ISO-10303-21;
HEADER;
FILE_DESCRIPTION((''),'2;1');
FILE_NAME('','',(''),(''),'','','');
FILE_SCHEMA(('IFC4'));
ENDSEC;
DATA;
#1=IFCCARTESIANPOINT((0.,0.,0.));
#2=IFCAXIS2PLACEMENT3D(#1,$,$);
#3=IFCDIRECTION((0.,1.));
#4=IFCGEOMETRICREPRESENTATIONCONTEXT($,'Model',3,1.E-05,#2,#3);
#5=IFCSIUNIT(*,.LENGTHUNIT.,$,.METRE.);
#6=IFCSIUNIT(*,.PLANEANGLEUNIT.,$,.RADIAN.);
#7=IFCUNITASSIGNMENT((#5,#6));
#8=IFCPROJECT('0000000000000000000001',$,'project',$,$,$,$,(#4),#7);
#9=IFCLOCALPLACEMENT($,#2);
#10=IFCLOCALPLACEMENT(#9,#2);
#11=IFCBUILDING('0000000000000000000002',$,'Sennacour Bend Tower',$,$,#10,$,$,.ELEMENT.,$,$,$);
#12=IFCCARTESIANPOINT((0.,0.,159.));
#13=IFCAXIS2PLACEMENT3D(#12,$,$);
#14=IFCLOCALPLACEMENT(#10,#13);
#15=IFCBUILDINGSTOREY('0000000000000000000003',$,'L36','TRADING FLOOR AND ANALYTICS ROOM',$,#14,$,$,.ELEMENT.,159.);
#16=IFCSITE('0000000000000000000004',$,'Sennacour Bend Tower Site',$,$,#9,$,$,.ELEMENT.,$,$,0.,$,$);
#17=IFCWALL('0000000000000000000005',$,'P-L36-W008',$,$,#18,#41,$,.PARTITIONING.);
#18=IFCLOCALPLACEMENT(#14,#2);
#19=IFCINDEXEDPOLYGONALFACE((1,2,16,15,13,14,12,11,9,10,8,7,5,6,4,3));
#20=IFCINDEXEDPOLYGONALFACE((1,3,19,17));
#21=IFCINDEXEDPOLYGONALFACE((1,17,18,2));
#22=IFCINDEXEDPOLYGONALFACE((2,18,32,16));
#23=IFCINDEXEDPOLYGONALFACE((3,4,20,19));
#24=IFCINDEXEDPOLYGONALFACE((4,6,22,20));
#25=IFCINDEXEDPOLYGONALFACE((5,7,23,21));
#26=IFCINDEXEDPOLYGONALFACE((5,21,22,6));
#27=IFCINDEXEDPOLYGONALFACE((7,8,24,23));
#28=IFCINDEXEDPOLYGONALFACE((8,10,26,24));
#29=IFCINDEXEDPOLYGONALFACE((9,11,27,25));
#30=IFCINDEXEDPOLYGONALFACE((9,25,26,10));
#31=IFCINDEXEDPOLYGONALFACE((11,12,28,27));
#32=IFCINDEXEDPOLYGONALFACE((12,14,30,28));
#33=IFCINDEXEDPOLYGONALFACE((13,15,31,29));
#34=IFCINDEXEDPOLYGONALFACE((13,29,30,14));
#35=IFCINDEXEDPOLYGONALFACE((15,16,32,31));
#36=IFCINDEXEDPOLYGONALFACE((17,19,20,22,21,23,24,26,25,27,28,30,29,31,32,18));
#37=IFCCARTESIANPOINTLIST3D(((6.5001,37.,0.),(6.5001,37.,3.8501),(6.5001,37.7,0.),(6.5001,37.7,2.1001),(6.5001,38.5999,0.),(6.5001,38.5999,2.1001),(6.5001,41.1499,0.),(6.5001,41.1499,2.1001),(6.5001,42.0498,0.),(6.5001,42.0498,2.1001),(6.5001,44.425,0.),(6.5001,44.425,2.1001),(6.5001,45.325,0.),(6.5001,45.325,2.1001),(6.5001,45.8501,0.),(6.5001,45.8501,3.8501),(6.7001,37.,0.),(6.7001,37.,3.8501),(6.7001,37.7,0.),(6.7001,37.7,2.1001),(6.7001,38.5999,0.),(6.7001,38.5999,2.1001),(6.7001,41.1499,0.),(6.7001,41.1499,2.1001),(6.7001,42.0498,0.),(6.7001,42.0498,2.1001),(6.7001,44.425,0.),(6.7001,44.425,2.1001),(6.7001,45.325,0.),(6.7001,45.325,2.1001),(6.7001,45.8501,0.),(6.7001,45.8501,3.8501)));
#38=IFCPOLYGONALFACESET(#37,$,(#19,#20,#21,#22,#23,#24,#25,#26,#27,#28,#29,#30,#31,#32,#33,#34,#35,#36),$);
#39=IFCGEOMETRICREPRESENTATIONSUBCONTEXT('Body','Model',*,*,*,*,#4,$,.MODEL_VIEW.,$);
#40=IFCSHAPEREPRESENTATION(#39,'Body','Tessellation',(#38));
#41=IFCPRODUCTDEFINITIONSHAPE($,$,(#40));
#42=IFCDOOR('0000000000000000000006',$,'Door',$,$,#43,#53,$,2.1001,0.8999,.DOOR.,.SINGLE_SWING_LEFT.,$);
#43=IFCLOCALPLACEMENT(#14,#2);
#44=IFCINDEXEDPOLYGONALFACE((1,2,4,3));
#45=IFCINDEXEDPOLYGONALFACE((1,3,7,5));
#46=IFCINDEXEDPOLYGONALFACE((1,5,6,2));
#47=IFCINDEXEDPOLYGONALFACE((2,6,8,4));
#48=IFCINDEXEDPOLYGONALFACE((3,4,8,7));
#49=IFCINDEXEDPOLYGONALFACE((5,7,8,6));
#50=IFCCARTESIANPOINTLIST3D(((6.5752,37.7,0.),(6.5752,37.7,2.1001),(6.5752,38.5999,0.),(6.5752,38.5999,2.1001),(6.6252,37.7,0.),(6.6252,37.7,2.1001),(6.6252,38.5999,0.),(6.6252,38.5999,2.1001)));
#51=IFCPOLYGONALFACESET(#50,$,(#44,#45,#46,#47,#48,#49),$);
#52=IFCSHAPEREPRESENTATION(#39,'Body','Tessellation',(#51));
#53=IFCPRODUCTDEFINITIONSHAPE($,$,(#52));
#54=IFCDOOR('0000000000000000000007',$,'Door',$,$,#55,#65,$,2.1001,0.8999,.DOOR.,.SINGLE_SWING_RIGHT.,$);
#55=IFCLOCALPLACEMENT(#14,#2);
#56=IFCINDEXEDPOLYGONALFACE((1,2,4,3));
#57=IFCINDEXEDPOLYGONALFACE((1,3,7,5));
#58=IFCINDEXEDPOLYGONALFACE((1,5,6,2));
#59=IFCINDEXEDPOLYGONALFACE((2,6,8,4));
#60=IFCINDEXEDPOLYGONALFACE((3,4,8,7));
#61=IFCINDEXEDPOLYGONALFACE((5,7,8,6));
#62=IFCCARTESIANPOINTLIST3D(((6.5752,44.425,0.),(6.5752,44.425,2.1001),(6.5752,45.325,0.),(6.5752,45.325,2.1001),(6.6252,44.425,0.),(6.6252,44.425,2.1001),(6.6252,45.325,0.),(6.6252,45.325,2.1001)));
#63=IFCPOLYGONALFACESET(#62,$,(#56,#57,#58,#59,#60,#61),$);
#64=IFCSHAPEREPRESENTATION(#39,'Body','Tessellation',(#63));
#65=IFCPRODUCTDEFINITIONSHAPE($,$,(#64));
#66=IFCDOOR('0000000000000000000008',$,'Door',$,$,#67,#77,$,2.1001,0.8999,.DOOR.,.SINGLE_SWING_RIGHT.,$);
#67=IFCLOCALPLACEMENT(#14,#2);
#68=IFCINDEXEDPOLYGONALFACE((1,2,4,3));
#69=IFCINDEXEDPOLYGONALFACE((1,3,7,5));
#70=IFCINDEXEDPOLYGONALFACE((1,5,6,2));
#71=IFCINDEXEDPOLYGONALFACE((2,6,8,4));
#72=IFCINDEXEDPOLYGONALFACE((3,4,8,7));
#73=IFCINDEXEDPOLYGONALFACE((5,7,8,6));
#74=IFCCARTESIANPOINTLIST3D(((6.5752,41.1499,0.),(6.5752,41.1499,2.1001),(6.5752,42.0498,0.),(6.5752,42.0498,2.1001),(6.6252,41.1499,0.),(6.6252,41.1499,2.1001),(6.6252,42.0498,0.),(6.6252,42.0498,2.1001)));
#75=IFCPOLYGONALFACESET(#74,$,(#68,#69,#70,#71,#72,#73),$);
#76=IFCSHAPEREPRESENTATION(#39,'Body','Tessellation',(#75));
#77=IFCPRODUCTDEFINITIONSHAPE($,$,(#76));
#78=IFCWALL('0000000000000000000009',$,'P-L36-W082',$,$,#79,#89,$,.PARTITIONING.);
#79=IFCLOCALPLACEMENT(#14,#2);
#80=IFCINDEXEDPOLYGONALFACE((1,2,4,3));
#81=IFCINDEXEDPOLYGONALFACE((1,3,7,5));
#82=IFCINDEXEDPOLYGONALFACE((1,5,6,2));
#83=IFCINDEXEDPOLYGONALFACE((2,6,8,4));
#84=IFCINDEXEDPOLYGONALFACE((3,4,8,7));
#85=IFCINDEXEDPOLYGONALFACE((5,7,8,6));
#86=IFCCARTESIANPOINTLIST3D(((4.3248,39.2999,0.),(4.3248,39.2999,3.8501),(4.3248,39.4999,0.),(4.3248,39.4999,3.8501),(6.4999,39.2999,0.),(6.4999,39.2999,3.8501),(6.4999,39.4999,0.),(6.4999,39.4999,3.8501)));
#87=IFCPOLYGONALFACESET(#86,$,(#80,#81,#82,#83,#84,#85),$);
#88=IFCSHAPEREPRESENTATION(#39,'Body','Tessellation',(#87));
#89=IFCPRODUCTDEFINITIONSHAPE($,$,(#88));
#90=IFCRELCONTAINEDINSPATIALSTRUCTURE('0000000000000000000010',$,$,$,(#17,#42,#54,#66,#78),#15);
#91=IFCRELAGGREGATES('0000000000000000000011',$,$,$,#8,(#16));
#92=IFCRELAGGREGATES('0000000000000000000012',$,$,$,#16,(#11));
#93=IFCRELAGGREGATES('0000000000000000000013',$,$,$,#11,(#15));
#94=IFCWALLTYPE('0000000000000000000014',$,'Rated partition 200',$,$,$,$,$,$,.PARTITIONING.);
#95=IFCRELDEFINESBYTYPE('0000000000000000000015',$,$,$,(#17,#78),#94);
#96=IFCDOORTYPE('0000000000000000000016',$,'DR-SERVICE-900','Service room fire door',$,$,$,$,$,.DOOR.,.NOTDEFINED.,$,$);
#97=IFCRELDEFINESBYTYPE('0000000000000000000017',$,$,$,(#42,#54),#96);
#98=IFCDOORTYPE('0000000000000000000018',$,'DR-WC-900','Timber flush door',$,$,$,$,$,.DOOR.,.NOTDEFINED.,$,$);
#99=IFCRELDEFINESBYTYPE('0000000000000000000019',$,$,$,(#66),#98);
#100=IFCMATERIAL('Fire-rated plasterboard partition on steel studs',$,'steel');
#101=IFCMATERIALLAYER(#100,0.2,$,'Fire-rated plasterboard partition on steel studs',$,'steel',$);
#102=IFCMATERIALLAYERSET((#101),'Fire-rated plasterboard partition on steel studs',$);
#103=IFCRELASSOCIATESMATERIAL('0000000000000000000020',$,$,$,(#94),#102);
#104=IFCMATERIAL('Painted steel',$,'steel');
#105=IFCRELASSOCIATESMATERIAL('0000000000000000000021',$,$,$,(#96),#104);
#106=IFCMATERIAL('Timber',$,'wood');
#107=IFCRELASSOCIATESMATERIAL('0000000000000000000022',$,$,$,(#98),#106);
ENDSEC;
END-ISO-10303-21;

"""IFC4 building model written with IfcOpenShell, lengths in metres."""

from ifc_helpers import new_model, si_unit, direction, frame, frame_2d, origin, place, context, subcontext, project, spatial, rectangle, extrude, material, layer, layer_set, type_object, element, fill, save


model = new_model("IFC4")

# Units and contexts
model_context = context("Model", 3, precision=1e-05, world=origin(), true_north=direction((0.0, 1.0)))
body_context = subcontext(model_context, "Body", "Model", "MODEL_VIEW")
ifc_project = project(units=[si_unit("LENGTHUNIT", "METRE"), si_unit("PLANEANGLEUNIT", "RADIAN")], contexts=[model_context])

# Site, building, storey
site_placement = place(None, origin())
site = spatial("IfcSite", under=ifc_project, at=site_placement, Name="Sennacour Bend Tower Site", CompositionType="ELEMENT", RefElevation=0.0)
building_placement = place(site_placement, origin())
building = spatial("IfcBuilding", under=site, at=building_placement, Name="Sennacour Bend Tower", CompositionType="ELEMENT")
storey_placement = place(building_placement, frame((0.0, 0.0, 159.0)))
storey = spatial("IfcBuildingStorey", under=building, at=storey_placement, Name="L36", Description="TRADING FLOOR AND ANALYTICS ROOM", CompositionType="ELEMENT", Elevation=159.0)

# Shared definitions
ifc_material_1 = material(Name="Painted steel", Category="steel")

# Wall, openings, doors
ifc_material_2 = material(Name="Fire-rated plasterboard partition on steel studs", Category="steel")
ifc_layer_1 = layer(ifc_material_2, 0.2, Name="Fire-rated plasterboard partition on steel studs", Category="steel")
ifc_layer_set_1 = layer_set([ifc_layer_1], Name="Fire-rated plasterboard partition on steel studs")
wall_type_1 = type_object("IfcWallType", Name="Rated partition 200", PredefinedType="PARTITIONING", material=ifc_layer_set_1)
wall_1_placement = place(storey_placement, frame((6.6001, 37.0, 0.0), z_axis=(0.0, 0.0, 1.0), x_axis=(0.0, 1.0, 0.0)))
wall_1 = element("IfcWall", 1, at=wall_1_placement, inside=storey, type_object=wall_type_1, Name="P-L36-W008", PredefinedType="PARTITIONING", context=body_context, shape_type="SweptSolid", body=[
    extrude(rectangle(XDim=8.8501, YDim=0.2, at=frame_2d((4.425, 0.0))), origin(), (0.0, 0.0, 1.0), 3.8501),
])
opening_1_placement = place(wall_1_placement, frame((0.7, 0.0, 0.0)))
opening_1 = element("IfcOpeningElement", 2, at=opening_1_placement, cuts=wall_1, PredefinedType="OPENING", context=body_context, shape_type="SweptSolid", body=[
    extrude(rectangle(XDim=0.8999, YDim=2.1001, at=frame_2d((0.45, 1.05))), frame((0.0, 0.1099, 0.0), z_axis=(0.0, -1.0, 0.0), x_axis=(1.0, 0.0, 0.0)), (0.0, 0.0, 1.0), 0.22),
])
opening_2_placement = place(wall_1_placement, frame((4.1499, 0.0, 0.0)))
opening_2 = element("IfcOpeningElement", 3, at=opening_2_placement, cuts=wall_1, PredefinedType="OPENING", context=body_context, shape_type="SweptSolid", body=[
    extrude(rectangle(XDim=0.8999, YDim=2.1001, at=frame_2d((0.45, 1.05))), frame((0.0, 0.1099, 0.0), z_axis=(0.0, -1.0, 0.0), x_axis=(1.0, 0.0, 0.0)), (0.0, 0.0, 1.0), 0.22),
])
opening_3_placement = place(wall_1_placement, frame((7.425, 0.0, 0.0)))
opening_3 = element("IfcOpeningElement", 4, at=opening_3_placement, cuts=wall_1, PredefinedType="OPENING", context=body_context, shape_type="SweptSolid", body=[
    extrude(rectangle(XDim=0.8999, YDim=2.1001, at=frame_2d((0.45, 1.05))), frame((0.0, 0.1099, 0.0), z_axis=(0.0, -1.0, 0.0), x_axis=(1.0, 0.0, 0.0)), (0.0, 0.0, 1.0), 0.22),
])
door_type_1 = type_object("IfcDoorType", Name="DR-SERVICE-900", Description="Service room fire door", OperationType="NOTDEFINED", PredefinedType="DOOR", material=ifc_material_1)
door_1_placement = place(opening_1_placement, origin())
door_1 = element("IfcDoor", 5, at=door_1_placement, inside=storey, type_object=door_type_1, Name="Door", OperationType="SINGLE_SWING_LEFT", OverallHeight=2.1001, OverallWidth=0.8999, PredefinedType="DOOR", context=body_context, shape_type="SweptSolid", body=[
    extrude(rectangle(XDim=0.8999, YDim=2.1001, at=frame_2d((0.45, 1.05))), frame((0.0, 0.0249, 0.0), z_axis=(0.0, -1.0, 0.0), x_axis=(1.0, 0.0, 0.0)), (0.0, 0.0, 1.0), 0.05),
])
fill(opening_1, door_1)
door_2_placement = place(opening_3_placement, origin())
door_2 = element("IfcDoor", 6, at=door_2_placement, inside=storey, type_object=door_type_1, Name="Door", OperationType="SINGLE_SWING_RIGHT", OverallHeight=2.1001, OverallWidth=0.8999, PredefinedType="DOOR", context=body_context, shape_type="SweptSolid", body=[
    extrude(rectangle(XDim=0.8999, YDim=2.1001, at=frame_2d((0.45, 1.05))), frame((0.0, 0.0249, 0.0), z_axis=(0.0, -1.0, 0.0), x_axis=(1.0, 0.0, 0.0)), (0.0, 0.0, 1.0), 0.05),
])
fill(opening_3, door_2)
ifc_material_3 = material(Name="Timber", Category="wood")
door_type_2 = type_object("IfcDoorType", Name="DR-WC-900", Description="Timber flush door", OperationType="NOTDEFINED", PredefinedType="DOOR", material=ifc_material_3)
door_3_placement = place(opening_2_placement, origin())
door_3 = element("IfcDoor", 7, at=door_3_placement, inside=storey, type_object=door_type_2, Name="Door", OperationType="SINGLE_SWING_RIGHT", OverallHeight=2.1001, OverallWidth=0.8999, PredefinedType="DOOR", context=body_context, shape_type="SweptSolid", body=[
    extrude(rectangle(XDim=0.8999, YDim=2.1001, at=frame_2d((0.45, 1.05))), frame((0.0, 0.0249, 0.0), z_axis=(0.0, -1.0, 0.0), x_axis=(1.0, 0.0, 0.0)), (0.0, 0.0, 1.0), 0.05),
])
fill(opening_2, door_3)

# Wall
wall_2_placement = place(storey_placement, frame((4.325, 39.3999, 0.0), z_axis=(0.0, 0.0, 1.0), x_axis=(1.0, 0.0, 0.0)))
element("IfcWall", 8, at=wall_2_placement, inside=storey, type_object=wall_type_1, Name="P-L36-W082", PredefinedType="PARTITIONING", context=body_context, shape_type="SweptSolid", body=[
    extrude(rectangle(XDim=2.175, YDim=0.2, at=frame_2d((1.0874, 0.0))), origin(), (0.0, 0.0, 1.0), 3.8501),
])

save(model, "model.ifc")
